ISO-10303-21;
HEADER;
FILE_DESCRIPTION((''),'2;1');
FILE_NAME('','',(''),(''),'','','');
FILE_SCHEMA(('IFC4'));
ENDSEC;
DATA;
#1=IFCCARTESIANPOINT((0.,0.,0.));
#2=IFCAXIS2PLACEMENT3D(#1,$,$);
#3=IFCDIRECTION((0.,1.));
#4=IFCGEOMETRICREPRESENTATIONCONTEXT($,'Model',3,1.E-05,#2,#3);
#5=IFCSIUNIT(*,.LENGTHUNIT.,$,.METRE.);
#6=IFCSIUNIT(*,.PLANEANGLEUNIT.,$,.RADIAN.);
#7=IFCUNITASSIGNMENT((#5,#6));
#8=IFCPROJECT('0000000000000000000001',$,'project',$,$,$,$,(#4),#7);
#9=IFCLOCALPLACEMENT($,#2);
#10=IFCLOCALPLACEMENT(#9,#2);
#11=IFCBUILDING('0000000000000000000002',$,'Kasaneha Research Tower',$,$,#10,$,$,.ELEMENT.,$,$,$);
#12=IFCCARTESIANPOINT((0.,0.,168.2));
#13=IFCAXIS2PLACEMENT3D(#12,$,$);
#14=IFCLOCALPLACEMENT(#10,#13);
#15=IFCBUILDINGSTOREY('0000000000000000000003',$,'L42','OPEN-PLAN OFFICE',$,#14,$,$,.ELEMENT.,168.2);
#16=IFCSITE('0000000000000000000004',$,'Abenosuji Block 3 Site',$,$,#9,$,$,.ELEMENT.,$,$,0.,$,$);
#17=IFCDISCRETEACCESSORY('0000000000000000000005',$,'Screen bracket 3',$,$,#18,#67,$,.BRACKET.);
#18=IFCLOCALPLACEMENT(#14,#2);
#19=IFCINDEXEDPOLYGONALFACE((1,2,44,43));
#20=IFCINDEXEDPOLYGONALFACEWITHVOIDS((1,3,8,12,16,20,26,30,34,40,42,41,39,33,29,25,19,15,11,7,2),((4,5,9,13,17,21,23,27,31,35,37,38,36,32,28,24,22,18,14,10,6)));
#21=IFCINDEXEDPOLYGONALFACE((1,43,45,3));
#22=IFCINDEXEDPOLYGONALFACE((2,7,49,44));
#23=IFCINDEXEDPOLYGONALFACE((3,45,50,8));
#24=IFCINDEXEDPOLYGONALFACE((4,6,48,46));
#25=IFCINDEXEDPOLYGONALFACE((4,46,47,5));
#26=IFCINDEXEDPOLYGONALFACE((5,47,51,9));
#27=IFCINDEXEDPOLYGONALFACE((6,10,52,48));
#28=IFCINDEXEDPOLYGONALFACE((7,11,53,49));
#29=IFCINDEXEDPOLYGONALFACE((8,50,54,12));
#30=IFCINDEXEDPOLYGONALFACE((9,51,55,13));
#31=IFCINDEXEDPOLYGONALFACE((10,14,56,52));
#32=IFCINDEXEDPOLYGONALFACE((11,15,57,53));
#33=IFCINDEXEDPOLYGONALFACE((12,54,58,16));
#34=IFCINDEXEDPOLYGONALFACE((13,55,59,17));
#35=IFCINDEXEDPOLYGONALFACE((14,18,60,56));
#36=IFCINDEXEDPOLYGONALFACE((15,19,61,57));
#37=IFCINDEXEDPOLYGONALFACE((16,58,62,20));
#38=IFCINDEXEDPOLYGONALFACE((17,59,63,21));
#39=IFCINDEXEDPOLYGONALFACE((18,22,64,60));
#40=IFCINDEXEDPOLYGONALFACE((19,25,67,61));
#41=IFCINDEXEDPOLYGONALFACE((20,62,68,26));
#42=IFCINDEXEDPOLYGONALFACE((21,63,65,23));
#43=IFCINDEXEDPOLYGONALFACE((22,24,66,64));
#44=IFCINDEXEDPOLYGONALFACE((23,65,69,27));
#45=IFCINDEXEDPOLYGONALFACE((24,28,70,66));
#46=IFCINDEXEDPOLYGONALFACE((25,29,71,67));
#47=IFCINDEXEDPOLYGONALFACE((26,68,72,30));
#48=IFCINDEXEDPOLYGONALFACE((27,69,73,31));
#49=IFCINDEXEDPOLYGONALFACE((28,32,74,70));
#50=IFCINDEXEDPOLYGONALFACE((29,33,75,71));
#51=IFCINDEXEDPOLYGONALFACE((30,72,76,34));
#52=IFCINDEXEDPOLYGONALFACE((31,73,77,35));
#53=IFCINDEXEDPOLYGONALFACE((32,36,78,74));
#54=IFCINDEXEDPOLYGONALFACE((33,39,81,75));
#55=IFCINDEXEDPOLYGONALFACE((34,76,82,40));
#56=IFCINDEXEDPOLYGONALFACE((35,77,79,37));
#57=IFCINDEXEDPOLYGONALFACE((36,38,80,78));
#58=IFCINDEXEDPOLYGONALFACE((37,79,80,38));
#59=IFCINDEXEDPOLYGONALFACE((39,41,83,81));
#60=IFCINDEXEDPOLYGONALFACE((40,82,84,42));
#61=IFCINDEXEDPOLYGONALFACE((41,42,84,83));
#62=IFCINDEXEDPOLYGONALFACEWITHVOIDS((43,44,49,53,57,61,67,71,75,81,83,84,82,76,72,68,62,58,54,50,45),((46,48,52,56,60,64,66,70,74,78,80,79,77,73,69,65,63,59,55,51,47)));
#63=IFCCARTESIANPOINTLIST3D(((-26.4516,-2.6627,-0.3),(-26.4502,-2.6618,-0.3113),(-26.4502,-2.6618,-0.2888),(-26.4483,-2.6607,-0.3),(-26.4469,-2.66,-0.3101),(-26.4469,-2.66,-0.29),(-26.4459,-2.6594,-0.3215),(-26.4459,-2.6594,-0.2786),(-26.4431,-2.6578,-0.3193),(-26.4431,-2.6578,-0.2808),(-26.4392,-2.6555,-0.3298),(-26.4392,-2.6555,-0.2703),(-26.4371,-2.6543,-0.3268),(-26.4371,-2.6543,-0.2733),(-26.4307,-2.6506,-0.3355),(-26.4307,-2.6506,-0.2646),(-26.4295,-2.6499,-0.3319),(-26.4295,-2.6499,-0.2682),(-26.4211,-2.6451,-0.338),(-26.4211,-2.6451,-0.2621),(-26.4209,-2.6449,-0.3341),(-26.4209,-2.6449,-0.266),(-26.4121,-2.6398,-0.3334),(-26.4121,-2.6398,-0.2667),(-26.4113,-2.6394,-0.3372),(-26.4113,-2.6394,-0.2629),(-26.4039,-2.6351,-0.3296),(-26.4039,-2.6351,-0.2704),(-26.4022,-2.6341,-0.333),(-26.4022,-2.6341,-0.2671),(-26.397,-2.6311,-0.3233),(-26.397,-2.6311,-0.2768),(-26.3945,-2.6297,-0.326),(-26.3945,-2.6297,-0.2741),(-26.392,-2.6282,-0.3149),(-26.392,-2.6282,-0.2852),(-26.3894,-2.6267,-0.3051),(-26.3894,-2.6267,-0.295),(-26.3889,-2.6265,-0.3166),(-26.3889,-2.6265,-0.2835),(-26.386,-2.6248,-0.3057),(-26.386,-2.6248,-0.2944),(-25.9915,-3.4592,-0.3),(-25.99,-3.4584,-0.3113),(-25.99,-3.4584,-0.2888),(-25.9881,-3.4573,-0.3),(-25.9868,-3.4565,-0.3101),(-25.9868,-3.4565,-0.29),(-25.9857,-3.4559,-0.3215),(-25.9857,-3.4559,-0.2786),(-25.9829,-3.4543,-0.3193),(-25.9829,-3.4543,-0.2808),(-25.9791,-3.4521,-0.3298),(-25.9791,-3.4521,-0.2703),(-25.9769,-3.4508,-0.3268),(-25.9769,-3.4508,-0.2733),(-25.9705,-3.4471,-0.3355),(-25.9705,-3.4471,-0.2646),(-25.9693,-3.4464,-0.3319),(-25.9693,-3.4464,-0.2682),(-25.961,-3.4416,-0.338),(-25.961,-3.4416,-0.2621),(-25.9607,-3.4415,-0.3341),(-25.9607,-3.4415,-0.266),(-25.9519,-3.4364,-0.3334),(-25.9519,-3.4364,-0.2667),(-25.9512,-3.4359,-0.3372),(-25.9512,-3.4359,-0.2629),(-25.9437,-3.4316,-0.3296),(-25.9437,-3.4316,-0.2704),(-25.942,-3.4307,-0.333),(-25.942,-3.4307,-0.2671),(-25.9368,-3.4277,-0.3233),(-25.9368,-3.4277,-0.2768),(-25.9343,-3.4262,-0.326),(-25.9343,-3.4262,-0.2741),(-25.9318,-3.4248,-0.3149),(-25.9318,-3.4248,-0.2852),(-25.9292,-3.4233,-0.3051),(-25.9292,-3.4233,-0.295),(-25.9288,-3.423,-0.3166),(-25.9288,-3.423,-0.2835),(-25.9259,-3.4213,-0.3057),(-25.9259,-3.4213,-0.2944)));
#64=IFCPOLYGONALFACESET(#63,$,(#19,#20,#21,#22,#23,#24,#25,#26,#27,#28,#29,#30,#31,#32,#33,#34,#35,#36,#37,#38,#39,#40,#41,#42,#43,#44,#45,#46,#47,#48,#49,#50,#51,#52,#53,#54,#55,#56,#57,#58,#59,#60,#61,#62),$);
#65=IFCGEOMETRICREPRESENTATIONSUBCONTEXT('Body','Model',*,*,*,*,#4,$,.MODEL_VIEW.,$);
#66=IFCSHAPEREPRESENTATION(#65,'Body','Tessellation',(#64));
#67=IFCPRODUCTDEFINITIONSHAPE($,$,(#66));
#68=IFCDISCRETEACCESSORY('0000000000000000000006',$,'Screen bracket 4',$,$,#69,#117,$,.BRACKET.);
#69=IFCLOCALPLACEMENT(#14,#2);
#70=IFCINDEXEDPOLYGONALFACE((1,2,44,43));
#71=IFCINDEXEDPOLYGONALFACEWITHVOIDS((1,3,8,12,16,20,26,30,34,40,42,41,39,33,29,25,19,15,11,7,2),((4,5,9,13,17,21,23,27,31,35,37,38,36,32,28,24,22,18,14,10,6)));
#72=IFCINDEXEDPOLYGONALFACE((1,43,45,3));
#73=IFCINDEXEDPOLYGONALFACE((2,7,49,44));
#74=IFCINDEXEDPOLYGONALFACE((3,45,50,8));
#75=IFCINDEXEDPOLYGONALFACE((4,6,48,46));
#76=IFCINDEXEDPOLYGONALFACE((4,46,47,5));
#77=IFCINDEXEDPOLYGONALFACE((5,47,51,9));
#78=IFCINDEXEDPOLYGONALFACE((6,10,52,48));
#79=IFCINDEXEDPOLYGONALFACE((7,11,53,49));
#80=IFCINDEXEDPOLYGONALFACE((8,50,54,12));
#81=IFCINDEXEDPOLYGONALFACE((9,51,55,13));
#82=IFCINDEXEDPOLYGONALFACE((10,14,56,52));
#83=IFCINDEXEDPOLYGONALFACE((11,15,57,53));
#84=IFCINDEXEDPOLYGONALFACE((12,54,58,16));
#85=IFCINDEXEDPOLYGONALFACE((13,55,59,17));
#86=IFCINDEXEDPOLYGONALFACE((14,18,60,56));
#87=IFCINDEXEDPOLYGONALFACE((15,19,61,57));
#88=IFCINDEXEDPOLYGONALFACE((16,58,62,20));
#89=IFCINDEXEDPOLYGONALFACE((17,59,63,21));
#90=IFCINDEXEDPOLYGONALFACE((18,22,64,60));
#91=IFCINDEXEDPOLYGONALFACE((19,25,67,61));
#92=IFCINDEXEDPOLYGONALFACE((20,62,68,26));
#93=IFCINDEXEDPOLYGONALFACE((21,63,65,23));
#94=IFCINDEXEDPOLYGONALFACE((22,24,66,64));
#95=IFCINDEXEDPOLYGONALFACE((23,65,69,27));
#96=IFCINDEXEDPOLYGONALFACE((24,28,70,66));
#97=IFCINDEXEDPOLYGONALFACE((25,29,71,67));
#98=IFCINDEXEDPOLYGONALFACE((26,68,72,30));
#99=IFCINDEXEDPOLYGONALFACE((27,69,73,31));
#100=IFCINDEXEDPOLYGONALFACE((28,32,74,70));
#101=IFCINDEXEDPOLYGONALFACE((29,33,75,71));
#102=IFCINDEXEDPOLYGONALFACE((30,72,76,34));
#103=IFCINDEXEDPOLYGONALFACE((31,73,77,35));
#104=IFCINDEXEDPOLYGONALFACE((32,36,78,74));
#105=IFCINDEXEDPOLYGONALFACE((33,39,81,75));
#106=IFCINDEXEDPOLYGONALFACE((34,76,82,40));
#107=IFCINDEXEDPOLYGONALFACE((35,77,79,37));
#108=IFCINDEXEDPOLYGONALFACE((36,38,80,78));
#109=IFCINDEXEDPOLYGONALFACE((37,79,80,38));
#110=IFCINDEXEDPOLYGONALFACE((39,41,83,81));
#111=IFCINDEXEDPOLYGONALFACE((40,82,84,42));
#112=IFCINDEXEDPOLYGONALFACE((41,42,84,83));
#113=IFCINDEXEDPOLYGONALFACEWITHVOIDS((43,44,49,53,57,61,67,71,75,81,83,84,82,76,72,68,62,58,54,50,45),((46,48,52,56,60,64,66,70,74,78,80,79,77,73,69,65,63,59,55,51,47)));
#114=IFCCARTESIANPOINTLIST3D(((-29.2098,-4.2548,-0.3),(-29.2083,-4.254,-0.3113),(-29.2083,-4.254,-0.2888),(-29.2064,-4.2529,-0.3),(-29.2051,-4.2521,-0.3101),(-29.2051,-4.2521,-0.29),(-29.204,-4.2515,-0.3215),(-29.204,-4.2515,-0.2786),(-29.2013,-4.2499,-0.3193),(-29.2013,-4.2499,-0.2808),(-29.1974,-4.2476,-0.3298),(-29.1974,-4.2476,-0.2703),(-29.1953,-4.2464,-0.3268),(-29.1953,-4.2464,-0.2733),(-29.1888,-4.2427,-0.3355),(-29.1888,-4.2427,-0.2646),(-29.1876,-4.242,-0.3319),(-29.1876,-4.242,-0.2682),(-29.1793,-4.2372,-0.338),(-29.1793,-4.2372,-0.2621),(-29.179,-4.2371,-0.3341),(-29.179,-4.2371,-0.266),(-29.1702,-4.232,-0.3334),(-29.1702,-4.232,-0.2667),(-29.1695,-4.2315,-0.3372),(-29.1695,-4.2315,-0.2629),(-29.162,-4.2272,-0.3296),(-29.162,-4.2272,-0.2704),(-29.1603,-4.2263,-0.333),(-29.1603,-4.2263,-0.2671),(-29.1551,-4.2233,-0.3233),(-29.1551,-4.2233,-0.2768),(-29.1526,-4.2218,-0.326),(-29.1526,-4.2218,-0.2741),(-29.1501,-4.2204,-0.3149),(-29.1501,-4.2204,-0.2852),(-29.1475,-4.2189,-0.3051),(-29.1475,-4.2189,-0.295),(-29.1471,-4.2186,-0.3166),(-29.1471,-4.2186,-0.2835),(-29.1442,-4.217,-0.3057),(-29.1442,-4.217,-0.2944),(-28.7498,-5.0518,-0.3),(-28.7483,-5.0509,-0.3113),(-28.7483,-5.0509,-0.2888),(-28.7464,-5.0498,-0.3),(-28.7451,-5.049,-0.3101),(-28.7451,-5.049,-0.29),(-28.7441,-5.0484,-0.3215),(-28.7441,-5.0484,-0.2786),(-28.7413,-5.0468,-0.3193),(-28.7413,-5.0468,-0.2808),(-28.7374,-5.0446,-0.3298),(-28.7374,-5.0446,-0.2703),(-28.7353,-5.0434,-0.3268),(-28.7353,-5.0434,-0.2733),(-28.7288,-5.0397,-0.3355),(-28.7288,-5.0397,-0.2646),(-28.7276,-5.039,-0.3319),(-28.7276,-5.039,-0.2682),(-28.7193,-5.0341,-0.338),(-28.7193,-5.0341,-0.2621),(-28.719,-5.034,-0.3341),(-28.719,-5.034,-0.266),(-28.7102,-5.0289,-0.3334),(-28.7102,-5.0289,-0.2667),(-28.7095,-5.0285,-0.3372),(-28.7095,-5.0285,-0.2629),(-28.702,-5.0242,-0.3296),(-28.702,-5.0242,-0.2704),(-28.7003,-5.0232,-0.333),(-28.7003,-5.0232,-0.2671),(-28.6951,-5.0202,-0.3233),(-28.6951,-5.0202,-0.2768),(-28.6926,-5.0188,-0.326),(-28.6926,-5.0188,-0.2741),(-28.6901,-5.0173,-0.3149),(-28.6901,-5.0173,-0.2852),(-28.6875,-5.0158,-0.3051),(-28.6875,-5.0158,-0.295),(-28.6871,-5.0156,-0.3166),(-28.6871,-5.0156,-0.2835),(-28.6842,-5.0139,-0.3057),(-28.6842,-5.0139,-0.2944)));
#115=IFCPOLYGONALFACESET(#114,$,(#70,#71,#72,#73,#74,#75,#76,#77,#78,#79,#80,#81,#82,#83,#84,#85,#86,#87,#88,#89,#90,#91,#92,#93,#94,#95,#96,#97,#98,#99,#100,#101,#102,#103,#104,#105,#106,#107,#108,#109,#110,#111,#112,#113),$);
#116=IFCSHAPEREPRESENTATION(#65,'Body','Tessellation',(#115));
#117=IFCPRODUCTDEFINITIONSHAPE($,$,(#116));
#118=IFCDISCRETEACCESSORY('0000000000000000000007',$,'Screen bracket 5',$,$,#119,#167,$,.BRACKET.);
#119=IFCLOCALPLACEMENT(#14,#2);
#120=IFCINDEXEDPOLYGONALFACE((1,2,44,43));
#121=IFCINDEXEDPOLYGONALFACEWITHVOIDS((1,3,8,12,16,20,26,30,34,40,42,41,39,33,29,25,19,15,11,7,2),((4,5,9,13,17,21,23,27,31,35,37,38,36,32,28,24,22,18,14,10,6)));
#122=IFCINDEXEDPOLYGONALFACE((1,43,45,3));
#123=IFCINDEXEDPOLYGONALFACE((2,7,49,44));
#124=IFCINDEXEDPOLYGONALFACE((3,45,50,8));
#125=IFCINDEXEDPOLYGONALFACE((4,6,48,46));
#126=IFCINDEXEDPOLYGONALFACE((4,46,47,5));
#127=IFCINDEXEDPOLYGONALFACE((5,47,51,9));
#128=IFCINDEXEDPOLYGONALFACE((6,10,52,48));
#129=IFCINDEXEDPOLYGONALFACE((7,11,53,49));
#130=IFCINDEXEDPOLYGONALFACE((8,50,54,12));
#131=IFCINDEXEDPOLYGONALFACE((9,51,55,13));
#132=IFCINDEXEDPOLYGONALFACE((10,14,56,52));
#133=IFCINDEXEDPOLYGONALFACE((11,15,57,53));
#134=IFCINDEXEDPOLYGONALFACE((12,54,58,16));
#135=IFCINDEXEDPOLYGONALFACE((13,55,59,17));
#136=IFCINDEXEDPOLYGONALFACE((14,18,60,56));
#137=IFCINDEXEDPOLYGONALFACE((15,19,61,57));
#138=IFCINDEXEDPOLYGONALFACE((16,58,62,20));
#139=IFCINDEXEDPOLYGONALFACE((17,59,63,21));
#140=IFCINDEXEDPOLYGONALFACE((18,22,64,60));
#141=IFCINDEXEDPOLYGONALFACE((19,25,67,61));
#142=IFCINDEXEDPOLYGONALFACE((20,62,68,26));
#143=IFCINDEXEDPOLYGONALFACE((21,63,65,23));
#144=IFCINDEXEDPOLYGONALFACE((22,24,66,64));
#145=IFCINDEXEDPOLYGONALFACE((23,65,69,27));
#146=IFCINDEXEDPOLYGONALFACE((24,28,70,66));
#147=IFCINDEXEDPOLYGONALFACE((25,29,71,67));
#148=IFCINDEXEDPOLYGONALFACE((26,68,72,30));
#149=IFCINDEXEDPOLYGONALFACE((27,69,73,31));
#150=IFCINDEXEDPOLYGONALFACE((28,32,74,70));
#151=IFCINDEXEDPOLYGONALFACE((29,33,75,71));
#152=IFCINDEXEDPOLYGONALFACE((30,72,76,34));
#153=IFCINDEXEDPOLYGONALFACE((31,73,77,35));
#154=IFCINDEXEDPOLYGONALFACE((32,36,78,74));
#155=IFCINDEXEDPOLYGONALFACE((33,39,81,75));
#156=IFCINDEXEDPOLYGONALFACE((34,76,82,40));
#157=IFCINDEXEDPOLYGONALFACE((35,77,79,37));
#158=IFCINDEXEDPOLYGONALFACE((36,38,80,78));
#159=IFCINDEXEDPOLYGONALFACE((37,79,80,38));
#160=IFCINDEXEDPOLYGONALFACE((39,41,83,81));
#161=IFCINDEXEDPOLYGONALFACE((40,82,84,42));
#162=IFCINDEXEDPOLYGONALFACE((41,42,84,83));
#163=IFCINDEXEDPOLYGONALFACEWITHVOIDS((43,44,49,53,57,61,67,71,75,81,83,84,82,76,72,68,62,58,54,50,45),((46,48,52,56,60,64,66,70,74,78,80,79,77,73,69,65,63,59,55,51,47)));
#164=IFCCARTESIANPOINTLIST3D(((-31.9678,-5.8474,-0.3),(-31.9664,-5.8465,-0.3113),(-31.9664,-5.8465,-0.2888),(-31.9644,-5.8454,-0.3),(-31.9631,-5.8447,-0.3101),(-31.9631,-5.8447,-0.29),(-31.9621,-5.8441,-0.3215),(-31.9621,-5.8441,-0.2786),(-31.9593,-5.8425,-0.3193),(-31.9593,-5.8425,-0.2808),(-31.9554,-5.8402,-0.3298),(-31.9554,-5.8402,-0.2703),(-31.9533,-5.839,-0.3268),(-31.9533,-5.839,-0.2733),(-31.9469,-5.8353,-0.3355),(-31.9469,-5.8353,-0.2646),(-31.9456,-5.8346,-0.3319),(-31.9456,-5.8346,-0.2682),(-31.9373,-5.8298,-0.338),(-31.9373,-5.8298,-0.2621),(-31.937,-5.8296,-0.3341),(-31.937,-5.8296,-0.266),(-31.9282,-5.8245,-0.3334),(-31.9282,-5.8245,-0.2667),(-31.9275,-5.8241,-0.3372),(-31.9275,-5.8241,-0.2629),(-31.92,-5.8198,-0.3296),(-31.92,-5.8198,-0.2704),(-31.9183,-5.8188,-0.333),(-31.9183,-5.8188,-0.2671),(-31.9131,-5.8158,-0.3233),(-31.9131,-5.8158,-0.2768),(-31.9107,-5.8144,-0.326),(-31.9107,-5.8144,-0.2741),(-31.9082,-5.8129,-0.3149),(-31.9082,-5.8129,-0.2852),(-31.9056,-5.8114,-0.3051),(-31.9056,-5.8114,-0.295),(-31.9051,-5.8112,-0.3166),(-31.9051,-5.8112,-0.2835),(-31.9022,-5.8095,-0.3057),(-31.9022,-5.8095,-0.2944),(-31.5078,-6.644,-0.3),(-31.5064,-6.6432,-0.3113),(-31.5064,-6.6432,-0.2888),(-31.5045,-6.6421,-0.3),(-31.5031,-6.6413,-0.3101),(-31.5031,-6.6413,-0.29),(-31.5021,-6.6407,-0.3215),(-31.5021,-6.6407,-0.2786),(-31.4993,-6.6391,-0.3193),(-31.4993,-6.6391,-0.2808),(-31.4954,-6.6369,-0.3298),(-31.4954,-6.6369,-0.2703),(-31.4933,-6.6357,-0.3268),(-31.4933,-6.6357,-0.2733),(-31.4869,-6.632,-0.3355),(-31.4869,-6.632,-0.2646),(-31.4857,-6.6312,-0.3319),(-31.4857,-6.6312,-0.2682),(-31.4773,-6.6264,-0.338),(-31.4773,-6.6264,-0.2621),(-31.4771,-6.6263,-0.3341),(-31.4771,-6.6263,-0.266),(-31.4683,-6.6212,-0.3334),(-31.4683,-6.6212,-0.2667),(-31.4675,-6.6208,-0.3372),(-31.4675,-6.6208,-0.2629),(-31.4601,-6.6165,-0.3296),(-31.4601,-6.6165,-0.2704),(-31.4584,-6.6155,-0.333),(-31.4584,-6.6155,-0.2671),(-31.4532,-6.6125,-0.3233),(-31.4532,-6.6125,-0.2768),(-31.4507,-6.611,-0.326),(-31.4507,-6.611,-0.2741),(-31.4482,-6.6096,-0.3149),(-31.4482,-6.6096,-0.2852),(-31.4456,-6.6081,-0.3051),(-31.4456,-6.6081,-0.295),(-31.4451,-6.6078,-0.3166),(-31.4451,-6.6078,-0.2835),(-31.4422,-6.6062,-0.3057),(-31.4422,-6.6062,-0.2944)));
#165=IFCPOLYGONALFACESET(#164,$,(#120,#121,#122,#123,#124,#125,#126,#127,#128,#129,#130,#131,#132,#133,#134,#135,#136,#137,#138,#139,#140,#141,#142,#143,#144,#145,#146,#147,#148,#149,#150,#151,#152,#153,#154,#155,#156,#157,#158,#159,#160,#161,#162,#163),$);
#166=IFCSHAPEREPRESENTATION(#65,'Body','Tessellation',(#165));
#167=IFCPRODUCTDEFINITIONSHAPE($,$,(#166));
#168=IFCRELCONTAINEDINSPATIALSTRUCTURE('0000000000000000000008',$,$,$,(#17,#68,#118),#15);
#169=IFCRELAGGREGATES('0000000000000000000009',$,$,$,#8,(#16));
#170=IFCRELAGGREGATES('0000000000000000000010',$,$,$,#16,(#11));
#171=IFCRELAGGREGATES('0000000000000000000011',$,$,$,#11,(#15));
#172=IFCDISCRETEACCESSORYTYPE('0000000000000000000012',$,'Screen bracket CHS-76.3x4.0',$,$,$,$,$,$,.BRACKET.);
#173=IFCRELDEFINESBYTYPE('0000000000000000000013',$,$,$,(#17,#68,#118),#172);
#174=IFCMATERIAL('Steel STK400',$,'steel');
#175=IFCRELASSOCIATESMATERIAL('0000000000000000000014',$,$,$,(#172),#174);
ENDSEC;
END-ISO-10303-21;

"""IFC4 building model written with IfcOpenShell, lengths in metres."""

from ifc_helpers import new_model, si_unit, direction, frame, origin, origin_2d, place, context, subcontext, project, spatial, hollow_circle, extrude, material, material_profile, profile_set, type_object, element, save


model = new_model("IFC4")

# Units and contexts
model_context = context("Model", 3, precision=1e-05, world=origin(), true_north=direction((0.0, 1.0)))
body_context = subcontext(model_context, "Body", "Model", "MODEL_VIEW")
ifc_project = project(units=[si_unit("LENGTHUNIT", "METRE"), si_unit("PLANEANGLEUNIT", "RADIAN")], contexts=[model_context])

# Site, building, storey
site_placement = place(None, origin())
site = spatial("IfcSite", under=ifc_project, at=site_placement, Name="Abenosuji Block 3 Site", CompositionType="ELEMENT", RefElevation=0.0)
building_placement = place(site_placement, origin())
building = spatial("IfcBuilding", under=site, at=building_placement, Name="Kasaneha Research Tower", CompositionType="ELEMENT")
storey_placement = place(building_placement, frame((0.0, 0.0, 168.2)))
storey = spatial("IfcBuildingStorey", under=building, at=storey_placement, Name="L42", Description="OPEN-PLAN OFFICE", CompositionType="ELEMENT", Elevation=168.2)

# Discrete accessories
ifc_material_1 = material(Name="Steel STK400", Category="steel")
ifc_material_profile_1 = material_profile(ifc_material_1, hollow_circle(Radius=0.0381, WallThickness=0.0039, at=origin_2d()), Name="CHS-76.3x4.0")
ifc_profile_set_1 = profile_set([ifc_material_profile_1], Name="Steel STK400")
discrete_accessory_type = type_object("IfcDiscreteAccessoryType", Name="Screen bracket CHS-76.3x4.0", PredefinedType="BRACKET", material=ifc_profile_set_1)
discrete_accessory_1_placement = place(storey_placement, frame((-25.9585, -3.4402, -0.3), z_axis=(-0.50022, 0.865898, 0.0), x_axis=(-0.865898, -0.50022, 0.0)))
element("IfcDiscreteAccessory", 1, at=discrete_accessory_1_placement, inside=storey, type_object=discrete_accessory_type, Name="Screen bracket 3", PredefinedType="BRACKET", context=body_context, shape_type="SweptSolid", body=[
    extrude(hollow_circle(Radius=0.0381, WallThickness=0.0039, at=origin_2d()), origin(), (0.0, 0.0, 1.0), 0.9199),
])
discrete_accessory_2_placement = place(storey_placement, frame((-28.7168, -5.0327, -0.3), z_axis=(-0.499906, 0.86608, 0.0), x_axis=(-0.86608, -0.499906, 0.0)))
element("IfcDiscreteAccessory", 2, at=discrete_accessory_2_placement, inside=storey, type_object=discrete_accessory_type, Name="Screen bracket 4", PredefinedType="BRACKET", context=body_context, shape_type="SweptSolid", body=[
    extrude(hollow_circle(Radius=0.0381, WallThickness=0.0039, at=origin_2d()), origin(), (0.0, 0.0, 1.0), 0.9202),
])
discrete_accessory_3_placement = place(storey_placement, frame((-31.4749, -6.625, -0.3), z_axis=(-0.500021, 0.866013, 0.0), x_axis=(-0.866013, -0.500021, 0.0)))
element("IfcDiscreteAccessory", 3, at=discrete_accessory_3_placement, inside=storey, type_object=discrete_accessory_type, Name="Screen bracket 5", PredefinedType="BRACKET", context=body_context, shape_type="SweptSolid", body=[
    extrude(hollow_circle(Radius=0.0381, WallThickness=0.0039, at=origin_2d()), origin(), (0.0, 0.0, 1.0), 0.9199),
])

save(model, "model.ifc")
